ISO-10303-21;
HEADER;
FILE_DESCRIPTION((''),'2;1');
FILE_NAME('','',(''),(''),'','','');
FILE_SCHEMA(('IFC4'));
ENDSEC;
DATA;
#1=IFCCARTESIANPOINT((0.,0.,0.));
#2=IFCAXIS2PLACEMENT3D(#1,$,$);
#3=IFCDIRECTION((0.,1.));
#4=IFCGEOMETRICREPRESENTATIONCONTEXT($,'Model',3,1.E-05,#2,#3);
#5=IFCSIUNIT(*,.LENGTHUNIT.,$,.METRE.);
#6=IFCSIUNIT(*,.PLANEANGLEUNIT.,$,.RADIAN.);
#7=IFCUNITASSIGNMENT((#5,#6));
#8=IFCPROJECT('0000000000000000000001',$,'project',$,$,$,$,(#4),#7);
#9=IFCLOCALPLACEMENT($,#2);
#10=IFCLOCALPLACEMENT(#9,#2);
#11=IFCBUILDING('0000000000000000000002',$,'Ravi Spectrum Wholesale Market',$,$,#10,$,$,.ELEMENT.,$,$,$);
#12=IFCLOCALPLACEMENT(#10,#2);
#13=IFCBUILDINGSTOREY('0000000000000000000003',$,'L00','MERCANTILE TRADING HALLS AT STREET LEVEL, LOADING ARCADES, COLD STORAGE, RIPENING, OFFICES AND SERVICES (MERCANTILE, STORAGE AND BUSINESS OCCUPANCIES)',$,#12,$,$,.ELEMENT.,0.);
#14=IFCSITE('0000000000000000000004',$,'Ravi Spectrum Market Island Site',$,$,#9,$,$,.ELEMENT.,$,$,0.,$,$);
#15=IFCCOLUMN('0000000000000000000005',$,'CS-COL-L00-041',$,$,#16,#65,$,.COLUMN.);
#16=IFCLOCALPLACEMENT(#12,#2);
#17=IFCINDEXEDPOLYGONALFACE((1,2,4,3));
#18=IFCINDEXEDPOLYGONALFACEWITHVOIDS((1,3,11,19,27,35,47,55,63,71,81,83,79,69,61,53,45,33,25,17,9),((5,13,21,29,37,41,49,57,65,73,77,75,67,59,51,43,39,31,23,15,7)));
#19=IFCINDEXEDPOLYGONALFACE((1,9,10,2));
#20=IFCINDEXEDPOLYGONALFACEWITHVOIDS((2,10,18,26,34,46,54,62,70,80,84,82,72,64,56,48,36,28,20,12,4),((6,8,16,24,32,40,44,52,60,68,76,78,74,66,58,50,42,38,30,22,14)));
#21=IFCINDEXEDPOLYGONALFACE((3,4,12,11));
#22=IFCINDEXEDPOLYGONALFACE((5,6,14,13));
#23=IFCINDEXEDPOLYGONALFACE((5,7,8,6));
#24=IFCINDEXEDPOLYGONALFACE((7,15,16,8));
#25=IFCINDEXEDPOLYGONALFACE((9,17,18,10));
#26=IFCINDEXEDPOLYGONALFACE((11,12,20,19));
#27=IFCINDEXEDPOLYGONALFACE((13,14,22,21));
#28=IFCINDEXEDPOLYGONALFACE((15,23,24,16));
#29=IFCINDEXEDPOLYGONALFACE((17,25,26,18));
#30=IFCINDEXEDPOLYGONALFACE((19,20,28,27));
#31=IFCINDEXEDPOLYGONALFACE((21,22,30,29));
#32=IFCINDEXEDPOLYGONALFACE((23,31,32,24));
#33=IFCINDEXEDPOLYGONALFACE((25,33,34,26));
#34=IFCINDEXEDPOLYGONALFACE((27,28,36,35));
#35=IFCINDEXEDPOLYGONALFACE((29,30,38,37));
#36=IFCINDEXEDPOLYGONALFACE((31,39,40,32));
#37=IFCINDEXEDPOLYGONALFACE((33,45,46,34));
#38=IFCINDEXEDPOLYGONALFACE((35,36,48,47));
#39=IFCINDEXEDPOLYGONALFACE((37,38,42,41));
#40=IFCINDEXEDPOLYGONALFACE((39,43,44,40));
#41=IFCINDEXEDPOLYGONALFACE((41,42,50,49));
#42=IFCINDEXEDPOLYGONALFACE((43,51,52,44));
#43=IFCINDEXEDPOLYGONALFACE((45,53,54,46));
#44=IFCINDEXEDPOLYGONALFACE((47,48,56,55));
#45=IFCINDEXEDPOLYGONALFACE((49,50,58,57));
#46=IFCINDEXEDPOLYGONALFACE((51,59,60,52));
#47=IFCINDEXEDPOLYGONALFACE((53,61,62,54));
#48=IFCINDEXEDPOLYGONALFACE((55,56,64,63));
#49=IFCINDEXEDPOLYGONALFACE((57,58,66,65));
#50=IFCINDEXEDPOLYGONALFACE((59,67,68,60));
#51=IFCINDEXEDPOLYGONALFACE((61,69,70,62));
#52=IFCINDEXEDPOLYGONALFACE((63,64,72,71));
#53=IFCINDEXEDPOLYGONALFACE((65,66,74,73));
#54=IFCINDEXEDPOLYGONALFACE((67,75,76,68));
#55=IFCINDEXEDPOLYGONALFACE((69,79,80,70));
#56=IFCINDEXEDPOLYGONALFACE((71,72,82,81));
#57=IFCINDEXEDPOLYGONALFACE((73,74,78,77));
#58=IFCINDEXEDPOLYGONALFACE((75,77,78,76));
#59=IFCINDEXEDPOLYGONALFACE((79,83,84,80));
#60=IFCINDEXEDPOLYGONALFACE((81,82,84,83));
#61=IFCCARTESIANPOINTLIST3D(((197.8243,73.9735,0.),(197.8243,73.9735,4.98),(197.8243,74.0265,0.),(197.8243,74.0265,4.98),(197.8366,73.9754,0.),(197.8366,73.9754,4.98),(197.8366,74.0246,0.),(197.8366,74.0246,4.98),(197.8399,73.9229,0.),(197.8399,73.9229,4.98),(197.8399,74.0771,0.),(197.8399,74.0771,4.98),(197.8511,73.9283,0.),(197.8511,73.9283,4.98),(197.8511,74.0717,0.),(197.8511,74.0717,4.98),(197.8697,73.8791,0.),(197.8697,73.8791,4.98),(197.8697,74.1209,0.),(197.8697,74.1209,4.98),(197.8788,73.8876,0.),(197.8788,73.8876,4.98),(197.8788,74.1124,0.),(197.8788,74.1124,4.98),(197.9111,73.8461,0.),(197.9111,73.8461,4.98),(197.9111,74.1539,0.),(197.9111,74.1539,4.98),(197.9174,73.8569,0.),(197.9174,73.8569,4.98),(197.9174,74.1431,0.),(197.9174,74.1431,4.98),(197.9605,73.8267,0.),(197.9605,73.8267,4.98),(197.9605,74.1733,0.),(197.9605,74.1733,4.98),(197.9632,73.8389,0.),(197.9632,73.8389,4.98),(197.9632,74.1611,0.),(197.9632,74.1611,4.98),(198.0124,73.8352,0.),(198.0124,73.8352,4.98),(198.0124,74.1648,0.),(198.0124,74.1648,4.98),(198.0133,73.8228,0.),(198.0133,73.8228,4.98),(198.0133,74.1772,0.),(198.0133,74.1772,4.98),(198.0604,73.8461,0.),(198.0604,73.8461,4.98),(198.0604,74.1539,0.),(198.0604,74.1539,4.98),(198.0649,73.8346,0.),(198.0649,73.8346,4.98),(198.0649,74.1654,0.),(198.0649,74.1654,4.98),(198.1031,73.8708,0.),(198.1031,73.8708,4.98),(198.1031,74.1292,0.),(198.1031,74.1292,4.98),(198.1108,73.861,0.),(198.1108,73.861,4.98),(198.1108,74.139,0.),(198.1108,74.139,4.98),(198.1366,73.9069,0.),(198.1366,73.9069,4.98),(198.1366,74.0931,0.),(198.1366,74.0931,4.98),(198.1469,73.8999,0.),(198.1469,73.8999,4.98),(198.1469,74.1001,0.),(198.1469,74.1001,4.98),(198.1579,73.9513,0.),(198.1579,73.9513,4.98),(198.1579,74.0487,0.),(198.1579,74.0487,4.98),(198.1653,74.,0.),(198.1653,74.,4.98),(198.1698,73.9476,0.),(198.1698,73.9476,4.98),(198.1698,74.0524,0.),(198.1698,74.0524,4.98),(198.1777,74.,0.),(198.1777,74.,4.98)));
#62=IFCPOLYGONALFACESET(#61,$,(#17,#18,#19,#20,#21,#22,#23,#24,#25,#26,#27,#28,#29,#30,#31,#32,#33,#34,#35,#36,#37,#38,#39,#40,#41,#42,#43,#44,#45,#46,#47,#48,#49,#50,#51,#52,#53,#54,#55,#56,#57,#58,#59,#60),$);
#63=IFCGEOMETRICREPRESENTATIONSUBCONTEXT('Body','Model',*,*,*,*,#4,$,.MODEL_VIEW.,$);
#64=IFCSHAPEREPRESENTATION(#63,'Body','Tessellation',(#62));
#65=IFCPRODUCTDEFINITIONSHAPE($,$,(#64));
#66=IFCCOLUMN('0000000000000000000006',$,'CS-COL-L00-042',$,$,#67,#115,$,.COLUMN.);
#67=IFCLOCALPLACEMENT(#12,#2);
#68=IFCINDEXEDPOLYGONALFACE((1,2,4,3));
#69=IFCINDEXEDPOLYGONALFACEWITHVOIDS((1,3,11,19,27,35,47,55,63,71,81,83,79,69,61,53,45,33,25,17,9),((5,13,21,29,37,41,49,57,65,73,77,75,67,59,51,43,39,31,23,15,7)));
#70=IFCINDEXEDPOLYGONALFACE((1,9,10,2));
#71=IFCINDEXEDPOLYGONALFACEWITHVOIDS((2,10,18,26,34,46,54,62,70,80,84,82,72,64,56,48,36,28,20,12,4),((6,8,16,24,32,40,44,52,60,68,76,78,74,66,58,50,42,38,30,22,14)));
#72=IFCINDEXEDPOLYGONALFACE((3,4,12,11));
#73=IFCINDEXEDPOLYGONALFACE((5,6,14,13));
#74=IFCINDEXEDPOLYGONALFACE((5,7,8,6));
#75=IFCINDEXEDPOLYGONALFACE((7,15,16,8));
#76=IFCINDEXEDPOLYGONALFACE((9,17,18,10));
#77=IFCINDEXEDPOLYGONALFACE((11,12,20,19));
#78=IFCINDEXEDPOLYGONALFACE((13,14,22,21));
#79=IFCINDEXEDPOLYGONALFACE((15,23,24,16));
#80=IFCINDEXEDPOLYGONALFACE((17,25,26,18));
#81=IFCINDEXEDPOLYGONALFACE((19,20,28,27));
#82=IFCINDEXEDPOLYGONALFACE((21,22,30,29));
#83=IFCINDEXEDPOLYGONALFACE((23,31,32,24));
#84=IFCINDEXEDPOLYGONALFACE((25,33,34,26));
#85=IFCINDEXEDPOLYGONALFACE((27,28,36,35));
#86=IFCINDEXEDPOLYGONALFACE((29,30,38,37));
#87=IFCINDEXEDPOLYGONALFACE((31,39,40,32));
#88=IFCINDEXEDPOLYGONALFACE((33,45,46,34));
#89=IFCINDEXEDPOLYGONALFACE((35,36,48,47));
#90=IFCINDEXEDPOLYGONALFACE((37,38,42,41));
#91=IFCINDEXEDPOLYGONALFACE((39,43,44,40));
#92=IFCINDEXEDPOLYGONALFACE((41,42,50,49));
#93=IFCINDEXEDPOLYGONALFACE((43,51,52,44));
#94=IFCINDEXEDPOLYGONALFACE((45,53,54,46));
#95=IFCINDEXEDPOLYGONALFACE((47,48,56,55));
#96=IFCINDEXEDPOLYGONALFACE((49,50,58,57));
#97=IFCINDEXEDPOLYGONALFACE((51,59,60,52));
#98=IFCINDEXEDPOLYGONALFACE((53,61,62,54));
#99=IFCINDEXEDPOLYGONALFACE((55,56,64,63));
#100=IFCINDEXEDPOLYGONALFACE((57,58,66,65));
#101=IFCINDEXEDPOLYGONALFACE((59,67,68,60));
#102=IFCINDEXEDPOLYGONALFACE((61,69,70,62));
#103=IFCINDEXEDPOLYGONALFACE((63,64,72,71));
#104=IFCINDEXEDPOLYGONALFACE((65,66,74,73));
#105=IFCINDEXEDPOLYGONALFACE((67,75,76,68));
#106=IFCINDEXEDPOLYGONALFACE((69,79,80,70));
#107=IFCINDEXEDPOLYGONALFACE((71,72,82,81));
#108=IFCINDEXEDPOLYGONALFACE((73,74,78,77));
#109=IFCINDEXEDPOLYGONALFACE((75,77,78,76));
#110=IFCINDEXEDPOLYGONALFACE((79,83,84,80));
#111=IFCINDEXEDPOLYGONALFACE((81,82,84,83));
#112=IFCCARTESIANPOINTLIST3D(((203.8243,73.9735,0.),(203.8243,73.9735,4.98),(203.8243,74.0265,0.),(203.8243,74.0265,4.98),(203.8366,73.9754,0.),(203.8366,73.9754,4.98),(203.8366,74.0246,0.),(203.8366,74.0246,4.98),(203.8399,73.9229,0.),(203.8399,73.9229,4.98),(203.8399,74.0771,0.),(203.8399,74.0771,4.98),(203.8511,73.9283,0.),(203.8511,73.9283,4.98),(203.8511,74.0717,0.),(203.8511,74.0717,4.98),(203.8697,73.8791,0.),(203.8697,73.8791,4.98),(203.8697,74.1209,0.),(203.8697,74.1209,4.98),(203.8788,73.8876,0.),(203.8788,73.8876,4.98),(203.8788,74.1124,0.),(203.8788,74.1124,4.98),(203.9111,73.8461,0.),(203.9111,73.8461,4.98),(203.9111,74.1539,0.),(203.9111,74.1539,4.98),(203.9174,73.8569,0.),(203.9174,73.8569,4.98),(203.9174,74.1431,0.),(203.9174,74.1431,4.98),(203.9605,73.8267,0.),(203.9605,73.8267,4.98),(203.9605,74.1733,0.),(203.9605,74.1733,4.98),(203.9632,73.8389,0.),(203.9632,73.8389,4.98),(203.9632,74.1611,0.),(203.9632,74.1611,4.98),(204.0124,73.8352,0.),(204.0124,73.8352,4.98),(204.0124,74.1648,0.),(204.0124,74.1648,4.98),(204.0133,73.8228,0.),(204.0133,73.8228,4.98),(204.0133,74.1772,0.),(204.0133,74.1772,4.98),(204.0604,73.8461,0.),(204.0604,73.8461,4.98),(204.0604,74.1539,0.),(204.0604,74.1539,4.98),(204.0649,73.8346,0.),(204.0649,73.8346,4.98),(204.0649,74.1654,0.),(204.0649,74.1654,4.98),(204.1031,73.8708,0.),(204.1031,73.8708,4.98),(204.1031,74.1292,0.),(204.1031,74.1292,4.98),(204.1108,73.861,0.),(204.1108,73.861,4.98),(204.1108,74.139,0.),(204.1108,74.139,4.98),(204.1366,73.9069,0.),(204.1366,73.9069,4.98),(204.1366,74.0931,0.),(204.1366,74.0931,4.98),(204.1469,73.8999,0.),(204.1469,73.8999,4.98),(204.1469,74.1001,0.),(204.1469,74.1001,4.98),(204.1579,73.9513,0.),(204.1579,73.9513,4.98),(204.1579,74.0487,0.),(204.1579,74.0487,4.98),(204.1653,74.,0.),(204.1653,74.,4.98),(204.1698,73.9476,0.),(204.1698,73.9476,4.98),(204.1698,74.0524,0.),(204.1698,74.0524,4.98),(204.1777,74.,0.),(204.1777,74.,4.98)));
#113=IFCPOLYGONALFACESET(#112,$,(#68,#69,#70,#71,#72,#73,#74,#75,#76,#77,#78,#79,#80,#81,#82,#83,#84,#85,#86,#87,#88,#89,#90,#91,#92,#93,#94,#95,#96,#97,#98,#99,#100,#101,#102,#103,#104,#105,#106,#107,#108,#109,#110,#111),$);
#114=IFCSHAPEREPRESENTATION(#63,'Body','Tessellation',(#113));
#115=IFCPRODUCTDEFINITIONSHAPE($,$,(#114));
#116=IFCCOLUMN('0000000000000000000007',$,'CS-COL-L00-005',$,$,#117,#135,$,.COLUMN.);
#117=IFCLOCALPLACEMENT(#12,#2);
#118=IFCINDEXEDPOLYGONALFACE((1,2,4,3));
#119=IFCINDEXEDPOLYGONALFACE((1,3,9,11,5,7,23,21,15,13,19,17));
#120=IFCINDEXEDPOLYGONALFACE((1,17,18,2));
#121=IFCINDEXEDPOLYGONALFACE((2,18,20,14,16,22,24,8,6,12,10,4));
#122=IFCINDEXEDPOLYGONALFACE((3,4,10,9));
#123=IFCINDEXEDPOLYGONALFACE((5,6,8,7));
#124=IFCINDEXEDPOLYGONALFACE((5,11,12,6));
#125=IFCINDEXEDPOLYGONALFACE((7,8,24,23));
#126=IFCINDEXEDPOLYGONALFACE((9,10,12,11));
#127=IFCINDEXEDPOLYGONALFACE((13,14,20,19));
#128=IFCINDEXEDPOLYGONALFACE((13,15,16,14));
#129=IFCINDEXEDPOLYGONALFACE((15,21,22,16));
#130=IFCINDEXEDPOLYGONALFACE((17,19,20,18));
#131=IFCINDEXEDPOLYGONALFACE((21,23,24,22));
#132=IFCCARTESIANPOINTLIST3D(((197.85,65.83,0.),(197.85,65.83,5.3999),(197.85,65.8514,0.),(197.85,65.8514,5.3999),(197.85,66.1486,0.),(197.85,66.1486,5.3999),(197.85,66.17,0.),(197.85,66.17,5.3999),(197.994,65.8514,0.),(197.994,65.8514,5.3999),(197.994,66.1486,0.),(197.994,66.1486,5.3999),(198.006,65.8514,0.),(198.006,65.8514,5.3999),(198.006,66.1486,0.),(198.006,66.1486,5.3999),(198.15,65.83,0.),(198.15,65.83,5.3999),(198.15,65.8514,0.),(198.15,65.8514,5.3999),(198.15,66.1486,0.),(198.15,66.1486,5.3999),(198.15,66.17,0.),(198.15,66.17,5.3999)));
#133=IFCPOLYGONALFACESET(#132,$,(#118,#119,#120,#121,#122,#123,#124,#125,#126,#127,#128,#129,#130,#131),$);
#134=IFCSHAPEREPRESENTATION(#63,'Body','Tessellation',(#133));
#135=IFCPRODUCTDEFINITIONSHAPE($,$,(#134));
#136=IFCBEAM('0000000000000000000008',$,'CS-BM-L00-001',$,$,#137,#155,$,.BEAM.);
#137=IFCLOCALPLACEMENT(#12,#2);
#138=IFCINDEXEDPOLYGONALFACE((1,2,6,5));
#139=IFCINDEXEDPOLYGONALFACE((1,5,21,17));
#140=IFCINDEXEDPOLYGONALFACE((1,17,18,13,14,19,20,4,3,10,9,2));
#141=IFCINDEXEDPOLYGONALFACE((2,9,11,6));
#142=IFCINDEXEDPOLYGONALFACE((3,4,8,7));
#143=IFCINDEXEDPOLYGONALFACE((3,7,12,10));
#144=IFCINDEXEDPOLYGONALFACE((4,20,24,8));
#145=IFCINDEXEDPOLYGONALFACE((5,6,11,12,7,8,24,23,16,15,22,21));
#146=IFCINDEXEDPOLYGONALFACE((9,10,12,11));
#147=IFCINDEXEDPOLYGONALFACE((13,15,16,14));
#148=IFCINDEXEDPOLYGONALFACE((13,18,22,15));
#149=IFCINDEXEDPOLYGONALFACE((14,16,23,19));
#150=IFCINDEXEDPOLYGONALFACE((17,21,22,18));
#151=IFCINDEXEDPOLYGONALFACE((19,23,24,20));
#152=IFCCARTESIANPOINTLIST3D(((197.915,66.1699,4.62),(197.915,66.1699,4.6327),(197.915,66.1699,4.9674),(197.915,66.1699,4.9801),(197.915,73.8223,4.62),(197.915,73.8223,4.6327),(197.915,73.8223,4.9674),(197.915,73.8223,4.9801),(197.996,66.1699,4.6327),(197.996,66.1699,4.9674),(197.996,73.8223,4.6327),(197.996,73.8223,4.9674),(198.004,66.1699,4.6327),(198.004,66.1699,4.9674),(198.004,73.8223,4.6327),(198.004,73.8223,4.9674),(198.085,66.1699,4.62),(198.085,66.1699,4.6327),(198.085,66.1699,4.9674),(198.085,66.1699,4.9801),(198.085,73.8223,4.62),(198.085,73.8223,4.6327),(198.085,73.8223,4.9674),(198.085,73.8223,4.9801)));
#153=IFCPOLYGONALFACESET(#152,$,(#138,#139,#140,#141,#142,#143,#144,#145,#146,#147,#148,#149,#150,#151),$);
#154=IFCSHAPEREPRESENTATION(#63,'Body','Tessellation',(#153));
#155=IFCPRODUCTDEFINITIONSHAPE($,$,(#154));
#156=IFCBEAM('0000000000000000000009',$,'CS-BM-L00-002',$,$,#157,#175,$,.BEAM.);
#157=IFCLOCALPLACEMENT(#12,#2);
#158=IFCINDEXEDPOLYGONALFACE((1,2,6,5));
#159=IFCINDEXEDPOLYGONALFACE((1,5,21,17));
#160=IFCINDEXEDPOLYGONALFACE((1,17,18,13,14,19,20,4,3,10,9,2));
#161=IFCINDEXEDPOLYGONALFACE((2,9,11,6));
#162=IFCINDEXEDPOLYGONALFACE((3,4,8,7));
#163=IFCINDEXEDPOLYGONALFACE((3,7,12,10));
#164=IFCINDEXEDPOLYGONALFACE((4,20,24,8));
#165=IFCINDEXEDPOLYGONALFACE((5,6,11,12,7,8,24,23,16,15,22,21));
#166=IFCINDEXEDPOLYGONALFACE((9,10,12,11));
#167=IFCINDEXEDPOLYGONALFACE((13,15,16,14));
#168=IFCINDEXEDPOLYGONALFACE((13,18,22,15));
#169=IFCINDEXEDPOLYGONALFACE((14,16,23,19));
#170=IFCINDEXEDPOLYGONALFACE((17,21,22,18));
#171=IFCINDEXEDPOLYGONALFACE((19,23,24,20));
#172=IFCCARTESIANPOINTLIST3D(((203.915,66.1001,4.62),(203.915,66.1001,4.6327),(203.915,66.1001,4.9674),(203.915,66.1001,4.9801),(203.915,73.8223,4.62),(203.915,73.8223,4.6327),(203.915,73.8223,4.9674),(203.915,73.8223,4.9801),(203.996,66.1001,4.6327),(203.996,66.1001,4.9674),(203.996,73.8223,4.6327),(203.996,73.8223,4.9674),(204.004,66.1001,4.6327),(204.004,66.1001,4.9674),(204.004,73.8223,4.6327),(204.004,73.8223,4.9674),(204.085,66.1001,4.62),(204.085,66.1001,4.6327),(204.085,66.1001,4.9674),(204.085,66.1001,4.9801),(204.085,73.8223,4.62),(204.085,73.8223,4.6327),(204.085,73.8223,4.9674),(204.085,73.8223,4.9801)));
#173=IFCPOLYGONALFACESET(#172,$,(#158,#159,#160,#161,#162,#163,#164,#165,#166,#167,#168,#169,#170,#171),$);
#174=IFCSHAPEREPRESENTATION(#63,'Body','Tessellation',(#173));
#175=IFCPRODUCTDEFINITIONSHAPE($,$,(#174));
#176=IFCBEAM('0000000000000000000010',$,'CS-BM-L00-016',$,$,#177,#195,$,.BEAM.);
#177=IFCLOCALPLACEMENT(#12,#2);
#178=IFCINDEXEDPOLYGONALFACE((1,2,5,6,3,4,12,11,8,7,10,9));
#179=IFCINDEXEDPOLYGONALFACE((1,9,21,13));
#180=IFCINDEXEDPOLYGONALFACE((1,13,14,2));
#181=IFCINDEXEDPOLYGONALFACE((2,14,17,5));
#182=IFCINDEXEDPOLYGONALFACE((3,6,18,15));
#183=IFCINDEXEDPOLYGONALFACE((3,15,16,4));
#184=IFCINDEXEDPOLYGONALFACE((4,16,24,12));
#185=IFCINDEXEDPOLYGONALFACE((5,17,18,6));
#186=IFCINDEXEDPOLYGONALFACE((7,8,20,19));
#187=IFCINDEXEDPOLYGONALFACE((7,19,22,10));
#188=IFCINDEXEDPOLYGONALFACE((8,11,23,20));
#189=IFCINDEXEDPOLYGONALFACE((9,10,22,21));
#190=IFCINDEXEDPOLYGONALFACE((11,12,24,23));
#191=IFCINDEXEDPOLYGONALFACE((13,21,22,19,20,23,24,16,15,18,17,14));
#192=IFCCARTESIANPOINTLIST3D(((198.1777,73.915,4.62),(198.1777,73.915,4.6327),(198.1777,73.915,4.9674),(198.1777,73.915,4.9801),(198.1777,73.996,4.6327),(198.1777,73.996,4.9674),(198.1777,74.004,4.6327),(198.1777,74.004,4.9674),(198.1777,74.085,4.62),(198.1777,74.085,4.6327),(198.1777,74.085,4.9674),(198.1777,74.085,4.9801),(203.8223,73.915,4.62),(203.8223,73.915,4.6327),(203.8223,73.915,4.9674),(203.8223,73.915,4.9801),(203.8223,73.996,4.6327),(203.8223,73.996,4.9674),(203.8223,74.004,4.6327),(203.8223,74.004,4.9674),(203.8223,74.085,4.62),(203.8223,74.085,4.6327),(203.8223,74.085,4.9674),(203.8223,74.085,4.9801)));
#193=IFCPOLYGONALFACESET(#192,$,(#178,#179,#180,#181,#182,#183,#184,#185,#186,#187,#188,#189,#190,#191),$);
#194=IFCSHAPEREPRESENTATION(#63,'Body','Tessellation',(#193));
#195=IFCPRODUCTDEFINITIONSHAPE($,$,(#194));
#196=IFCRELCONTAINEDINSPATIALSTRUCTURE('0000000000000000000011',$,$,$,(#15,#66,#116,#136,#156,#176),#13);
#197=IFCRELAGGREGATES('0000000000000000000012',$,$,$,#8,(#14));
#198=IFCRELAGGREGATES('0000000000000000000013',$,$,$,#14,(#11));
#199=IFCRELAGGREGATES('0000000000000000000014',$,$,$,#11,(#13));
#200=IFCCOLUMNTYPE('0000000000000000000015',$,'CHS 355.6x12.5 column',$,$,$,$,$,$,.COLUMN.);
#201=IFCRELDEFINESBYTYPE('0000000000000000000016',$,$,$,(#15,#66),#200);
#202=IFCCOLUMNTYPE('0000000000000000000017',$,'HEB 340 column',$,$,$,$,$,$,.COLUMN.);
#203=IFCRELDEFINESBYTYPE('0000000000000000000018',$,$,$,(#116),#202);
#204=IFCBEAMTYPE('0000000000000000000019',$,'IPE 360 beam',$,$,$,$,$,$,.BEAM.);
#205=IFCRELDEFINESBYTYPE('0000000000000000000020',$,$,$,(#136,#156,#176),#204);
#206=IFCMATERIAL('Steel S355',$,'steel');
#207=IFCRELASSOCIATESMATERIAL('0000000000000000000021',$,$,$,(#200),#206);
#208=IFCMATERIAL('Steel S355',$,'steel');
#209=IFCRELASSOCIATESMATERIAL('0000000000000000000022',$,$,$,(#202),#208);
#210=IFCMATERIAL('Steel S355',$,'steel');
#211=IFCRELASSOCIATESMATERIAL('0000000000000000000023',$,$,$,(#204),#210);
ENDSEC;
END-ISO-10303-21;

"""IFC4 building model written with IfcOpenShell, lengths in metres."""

from ifc_helpers import new_model, si_unit, direction, frame, origin, origin_2d, place, context, subcontext, project, spatial, hollow_circle, i_section, extrude, material, material_profile, profile_set, type_object, element, save


model = new_model("IFC4")

# Units and contexts
model_context = context("Model", 3, precision=1e-05, world=origin(), true_north=direction((0.0, 1.0)))
body_context = subcontext(model_context, "Body", "Model", "MODEL_VIEW")
ifc_project = project(units=[si_unit("LENGTHUNIT", "METRE"), si_unit("PLANEANGLEUNIT", "RADIAN")], contexts=[model_context])

# Site, building, storey
site_placement = place(None, origin())
site = spatial("IfcSite", under=ifc_project, at=site_placement, Name="Ravi Spectrum Market Island Site", CompositionType="ELEMENT", RefElevation=0.0)
building_placement = place(site_placement, origin())
building = spatial("IfcBuilding", under=site, at=building_placement, Name="Ravi Spectrum Wholesale Market", CompositionType="ELEMENT")
storey_placement = place(building_placement, origin())
storey = spatial("IfcBuildingStorey", under=building, at=storey_placement, Name="L00", Description="MERCANTILE TRADING HALLS AT STREET LEVEL, LOADING ARCADES, COLD STORAGE, RIPENING, OFFICES AND SERVICES (MERCANTILE, STORAGE AND BUSINESS OCCUPANCIES)", CompositionType="ELEMENT", Elevation=0.0)

# Columns
ifc_material_1 = material(Name="Steel S355", Category="steel")
ifc_material_profile_1 = material_profile(ifc_material_1, hollow_circle(Radius=0.1777, WallThickness=0.0125, at=origin_2d()))
ifc_profile_set_1 = profile_set([ifc_material_profile_1], Name="Steel S355")
column_type_1 = type_object("IfcColumnType", Name="CHS 355.6x12.5 column", PredefinedType="COLUMN", material=ifc_profile_set_1)
for number, where, z_axis, x_axis, name in (
    (1, (198.0, 74.0, 0.0), (0.0, 0.0, 1.0), (1.0, 0.0, 0.0), "CS-COL-L00-041"),
    (2, (204.0, 74.0, 0.0), (0.0, 0.0, 1.0), (1.0, 0.0, 0.0), "CS-COL-L00-042"),
):
    element("IfcColumn", number, at=place(storey_placement, frame(where, z_axis=z_axis, x_axis=x_axis)), inside=storey, type_object=column_type_1, Name=name, PredefinedType="COLUMN", context=body_context, shape_type="SweptSolid", body=[
        extrude(hollow_circle(Radius=0.1777, WallThickness=0.0125, at=origin_2d()), origin(), (0.0, 0.0, 1.0), 4.98),
    ])
ifc_material_2 = material(Name="Steel S355", Category="steel")
ifc_material_profile_2 = material_profile(ifc_material_2, i_section(OverallWidth=0.3, OverallDepth=0.3401, WebThickness=0.012, FlangeThickness=0.0215, at=origin_2d()))
ifc_profile_set_2 = profile_set([ifc_material_profile_2], Name="Steel S355")
column_type_2 = type_object("IfcColumnType", Name="HEB 340 column", PredefinedType="COLUMN", material=ifc_profile_set_2)
column_placement = place(storey_placement, frame((198.0, 66.0, 0.0), z_axis=(0.0, 0.0, 1.0), x_axis=(1.0, 0.0, 0.0)))
element("IfcColumn", 3, at=column_placement, inside=storey, type_object=column_type_2, Name="CS-COL-L00-005", PredefinedType="COLUMN", context=body_context, shape_type="SweptSolid", body=[
    extrude(i_section(OverallWidth=0.3, OverallDepth=0.3401, WebThickness=0.012, FlangeThickness=0.0215, at=origin_2d()), origin(), (0.0, 0.0, 1.0), 5.3999),
])

# Beams
ifc_material_3 = material(Name="Steel S355", Category="steel")
ifc_material_profile_3 = material_profile(ifc_material_3, i_section(OverallWidth=0.1699, OverallDepth=0.3601, WebThickness=0.0081, FlangeThickness=0.0127, at=origin_2d()))
ifc_profile_set_3 = profile_set([ifc_material_profile_3], Name="Steel S355")
beam_type = type_object("IfcBeamType", Name="IPE 360 beam", PredefinedType="BEAM", material=ifc_profile_set_3)
beam_1_placement = place(storey_placement, frame((198.0, 66.1699, 4.8), z_axis=(0.0, 1.0, 0.0), x_axis=(-1.0, 0.0, 0.0)))
element("IfcBeam", 4, at=beam_1_placement, inside=storey, type_object=beam_type, Name="CS-BM-L00-001", PredefinedType="BEAM", context=body_context, shape_type="SweptSolid", body=[
    extrude(i_section(OverallWidth=0.1699, OverallDepth=0.3601, WebThickness=0.0081, FlangeThickness=0.0127, at=origin_2d()), origin(), (0.0, 0.0, 1.0), 7.6523),
])
beam_2_placement = place(storey_placement, frame((204.0, 66.1001, 4.8), z_axis=(0.0, 1.0, 0.0), x_axis=(-1.0, 0.0, 0.0)))
element("IfcBeam", 5, at=beam_2_placement, inside=storey, type_object=beam_type, Name="CS-BM-L00-002", PredefinedType="BEAM", context=body_context, shape_type="SweptSolid", body=[
    extrude(i_section(OverallWidth=0.1699, OverallDepth=0.3601, WebThickness=0.0081, FlangeThickness=0.0127, at=origin_2d()), origin(), (0.0, 0.0, 1.0), 7.7222),
])
for number, where, z_axis, x_axis, name in (
    (6, (198.1777, 74.0, 4.8), (1.0, 0.0, 0.0), (0.0, 1.0, 0.0), "CS-BM-L00-016"),
):
    element("IfcBeam", number, at=place(storey_placement, frame(where, z_axis=z_axis, x_axis=x_axis)), inside=storey, type_object=beam_type, Name=name, PredefinedType="BEAM", context=body_context, shape_type="SweptSolid", body=[
        extrude(i_section(OverallWidth=0.1699, OverallDepth=0.3601, WebThickness=0.0081, FlangeThickness=0.0127, at=origin_2d()), origin(), (0.0, 0.0, 1.0), 5.6445),
    ])

save(model, "model.ifc")
